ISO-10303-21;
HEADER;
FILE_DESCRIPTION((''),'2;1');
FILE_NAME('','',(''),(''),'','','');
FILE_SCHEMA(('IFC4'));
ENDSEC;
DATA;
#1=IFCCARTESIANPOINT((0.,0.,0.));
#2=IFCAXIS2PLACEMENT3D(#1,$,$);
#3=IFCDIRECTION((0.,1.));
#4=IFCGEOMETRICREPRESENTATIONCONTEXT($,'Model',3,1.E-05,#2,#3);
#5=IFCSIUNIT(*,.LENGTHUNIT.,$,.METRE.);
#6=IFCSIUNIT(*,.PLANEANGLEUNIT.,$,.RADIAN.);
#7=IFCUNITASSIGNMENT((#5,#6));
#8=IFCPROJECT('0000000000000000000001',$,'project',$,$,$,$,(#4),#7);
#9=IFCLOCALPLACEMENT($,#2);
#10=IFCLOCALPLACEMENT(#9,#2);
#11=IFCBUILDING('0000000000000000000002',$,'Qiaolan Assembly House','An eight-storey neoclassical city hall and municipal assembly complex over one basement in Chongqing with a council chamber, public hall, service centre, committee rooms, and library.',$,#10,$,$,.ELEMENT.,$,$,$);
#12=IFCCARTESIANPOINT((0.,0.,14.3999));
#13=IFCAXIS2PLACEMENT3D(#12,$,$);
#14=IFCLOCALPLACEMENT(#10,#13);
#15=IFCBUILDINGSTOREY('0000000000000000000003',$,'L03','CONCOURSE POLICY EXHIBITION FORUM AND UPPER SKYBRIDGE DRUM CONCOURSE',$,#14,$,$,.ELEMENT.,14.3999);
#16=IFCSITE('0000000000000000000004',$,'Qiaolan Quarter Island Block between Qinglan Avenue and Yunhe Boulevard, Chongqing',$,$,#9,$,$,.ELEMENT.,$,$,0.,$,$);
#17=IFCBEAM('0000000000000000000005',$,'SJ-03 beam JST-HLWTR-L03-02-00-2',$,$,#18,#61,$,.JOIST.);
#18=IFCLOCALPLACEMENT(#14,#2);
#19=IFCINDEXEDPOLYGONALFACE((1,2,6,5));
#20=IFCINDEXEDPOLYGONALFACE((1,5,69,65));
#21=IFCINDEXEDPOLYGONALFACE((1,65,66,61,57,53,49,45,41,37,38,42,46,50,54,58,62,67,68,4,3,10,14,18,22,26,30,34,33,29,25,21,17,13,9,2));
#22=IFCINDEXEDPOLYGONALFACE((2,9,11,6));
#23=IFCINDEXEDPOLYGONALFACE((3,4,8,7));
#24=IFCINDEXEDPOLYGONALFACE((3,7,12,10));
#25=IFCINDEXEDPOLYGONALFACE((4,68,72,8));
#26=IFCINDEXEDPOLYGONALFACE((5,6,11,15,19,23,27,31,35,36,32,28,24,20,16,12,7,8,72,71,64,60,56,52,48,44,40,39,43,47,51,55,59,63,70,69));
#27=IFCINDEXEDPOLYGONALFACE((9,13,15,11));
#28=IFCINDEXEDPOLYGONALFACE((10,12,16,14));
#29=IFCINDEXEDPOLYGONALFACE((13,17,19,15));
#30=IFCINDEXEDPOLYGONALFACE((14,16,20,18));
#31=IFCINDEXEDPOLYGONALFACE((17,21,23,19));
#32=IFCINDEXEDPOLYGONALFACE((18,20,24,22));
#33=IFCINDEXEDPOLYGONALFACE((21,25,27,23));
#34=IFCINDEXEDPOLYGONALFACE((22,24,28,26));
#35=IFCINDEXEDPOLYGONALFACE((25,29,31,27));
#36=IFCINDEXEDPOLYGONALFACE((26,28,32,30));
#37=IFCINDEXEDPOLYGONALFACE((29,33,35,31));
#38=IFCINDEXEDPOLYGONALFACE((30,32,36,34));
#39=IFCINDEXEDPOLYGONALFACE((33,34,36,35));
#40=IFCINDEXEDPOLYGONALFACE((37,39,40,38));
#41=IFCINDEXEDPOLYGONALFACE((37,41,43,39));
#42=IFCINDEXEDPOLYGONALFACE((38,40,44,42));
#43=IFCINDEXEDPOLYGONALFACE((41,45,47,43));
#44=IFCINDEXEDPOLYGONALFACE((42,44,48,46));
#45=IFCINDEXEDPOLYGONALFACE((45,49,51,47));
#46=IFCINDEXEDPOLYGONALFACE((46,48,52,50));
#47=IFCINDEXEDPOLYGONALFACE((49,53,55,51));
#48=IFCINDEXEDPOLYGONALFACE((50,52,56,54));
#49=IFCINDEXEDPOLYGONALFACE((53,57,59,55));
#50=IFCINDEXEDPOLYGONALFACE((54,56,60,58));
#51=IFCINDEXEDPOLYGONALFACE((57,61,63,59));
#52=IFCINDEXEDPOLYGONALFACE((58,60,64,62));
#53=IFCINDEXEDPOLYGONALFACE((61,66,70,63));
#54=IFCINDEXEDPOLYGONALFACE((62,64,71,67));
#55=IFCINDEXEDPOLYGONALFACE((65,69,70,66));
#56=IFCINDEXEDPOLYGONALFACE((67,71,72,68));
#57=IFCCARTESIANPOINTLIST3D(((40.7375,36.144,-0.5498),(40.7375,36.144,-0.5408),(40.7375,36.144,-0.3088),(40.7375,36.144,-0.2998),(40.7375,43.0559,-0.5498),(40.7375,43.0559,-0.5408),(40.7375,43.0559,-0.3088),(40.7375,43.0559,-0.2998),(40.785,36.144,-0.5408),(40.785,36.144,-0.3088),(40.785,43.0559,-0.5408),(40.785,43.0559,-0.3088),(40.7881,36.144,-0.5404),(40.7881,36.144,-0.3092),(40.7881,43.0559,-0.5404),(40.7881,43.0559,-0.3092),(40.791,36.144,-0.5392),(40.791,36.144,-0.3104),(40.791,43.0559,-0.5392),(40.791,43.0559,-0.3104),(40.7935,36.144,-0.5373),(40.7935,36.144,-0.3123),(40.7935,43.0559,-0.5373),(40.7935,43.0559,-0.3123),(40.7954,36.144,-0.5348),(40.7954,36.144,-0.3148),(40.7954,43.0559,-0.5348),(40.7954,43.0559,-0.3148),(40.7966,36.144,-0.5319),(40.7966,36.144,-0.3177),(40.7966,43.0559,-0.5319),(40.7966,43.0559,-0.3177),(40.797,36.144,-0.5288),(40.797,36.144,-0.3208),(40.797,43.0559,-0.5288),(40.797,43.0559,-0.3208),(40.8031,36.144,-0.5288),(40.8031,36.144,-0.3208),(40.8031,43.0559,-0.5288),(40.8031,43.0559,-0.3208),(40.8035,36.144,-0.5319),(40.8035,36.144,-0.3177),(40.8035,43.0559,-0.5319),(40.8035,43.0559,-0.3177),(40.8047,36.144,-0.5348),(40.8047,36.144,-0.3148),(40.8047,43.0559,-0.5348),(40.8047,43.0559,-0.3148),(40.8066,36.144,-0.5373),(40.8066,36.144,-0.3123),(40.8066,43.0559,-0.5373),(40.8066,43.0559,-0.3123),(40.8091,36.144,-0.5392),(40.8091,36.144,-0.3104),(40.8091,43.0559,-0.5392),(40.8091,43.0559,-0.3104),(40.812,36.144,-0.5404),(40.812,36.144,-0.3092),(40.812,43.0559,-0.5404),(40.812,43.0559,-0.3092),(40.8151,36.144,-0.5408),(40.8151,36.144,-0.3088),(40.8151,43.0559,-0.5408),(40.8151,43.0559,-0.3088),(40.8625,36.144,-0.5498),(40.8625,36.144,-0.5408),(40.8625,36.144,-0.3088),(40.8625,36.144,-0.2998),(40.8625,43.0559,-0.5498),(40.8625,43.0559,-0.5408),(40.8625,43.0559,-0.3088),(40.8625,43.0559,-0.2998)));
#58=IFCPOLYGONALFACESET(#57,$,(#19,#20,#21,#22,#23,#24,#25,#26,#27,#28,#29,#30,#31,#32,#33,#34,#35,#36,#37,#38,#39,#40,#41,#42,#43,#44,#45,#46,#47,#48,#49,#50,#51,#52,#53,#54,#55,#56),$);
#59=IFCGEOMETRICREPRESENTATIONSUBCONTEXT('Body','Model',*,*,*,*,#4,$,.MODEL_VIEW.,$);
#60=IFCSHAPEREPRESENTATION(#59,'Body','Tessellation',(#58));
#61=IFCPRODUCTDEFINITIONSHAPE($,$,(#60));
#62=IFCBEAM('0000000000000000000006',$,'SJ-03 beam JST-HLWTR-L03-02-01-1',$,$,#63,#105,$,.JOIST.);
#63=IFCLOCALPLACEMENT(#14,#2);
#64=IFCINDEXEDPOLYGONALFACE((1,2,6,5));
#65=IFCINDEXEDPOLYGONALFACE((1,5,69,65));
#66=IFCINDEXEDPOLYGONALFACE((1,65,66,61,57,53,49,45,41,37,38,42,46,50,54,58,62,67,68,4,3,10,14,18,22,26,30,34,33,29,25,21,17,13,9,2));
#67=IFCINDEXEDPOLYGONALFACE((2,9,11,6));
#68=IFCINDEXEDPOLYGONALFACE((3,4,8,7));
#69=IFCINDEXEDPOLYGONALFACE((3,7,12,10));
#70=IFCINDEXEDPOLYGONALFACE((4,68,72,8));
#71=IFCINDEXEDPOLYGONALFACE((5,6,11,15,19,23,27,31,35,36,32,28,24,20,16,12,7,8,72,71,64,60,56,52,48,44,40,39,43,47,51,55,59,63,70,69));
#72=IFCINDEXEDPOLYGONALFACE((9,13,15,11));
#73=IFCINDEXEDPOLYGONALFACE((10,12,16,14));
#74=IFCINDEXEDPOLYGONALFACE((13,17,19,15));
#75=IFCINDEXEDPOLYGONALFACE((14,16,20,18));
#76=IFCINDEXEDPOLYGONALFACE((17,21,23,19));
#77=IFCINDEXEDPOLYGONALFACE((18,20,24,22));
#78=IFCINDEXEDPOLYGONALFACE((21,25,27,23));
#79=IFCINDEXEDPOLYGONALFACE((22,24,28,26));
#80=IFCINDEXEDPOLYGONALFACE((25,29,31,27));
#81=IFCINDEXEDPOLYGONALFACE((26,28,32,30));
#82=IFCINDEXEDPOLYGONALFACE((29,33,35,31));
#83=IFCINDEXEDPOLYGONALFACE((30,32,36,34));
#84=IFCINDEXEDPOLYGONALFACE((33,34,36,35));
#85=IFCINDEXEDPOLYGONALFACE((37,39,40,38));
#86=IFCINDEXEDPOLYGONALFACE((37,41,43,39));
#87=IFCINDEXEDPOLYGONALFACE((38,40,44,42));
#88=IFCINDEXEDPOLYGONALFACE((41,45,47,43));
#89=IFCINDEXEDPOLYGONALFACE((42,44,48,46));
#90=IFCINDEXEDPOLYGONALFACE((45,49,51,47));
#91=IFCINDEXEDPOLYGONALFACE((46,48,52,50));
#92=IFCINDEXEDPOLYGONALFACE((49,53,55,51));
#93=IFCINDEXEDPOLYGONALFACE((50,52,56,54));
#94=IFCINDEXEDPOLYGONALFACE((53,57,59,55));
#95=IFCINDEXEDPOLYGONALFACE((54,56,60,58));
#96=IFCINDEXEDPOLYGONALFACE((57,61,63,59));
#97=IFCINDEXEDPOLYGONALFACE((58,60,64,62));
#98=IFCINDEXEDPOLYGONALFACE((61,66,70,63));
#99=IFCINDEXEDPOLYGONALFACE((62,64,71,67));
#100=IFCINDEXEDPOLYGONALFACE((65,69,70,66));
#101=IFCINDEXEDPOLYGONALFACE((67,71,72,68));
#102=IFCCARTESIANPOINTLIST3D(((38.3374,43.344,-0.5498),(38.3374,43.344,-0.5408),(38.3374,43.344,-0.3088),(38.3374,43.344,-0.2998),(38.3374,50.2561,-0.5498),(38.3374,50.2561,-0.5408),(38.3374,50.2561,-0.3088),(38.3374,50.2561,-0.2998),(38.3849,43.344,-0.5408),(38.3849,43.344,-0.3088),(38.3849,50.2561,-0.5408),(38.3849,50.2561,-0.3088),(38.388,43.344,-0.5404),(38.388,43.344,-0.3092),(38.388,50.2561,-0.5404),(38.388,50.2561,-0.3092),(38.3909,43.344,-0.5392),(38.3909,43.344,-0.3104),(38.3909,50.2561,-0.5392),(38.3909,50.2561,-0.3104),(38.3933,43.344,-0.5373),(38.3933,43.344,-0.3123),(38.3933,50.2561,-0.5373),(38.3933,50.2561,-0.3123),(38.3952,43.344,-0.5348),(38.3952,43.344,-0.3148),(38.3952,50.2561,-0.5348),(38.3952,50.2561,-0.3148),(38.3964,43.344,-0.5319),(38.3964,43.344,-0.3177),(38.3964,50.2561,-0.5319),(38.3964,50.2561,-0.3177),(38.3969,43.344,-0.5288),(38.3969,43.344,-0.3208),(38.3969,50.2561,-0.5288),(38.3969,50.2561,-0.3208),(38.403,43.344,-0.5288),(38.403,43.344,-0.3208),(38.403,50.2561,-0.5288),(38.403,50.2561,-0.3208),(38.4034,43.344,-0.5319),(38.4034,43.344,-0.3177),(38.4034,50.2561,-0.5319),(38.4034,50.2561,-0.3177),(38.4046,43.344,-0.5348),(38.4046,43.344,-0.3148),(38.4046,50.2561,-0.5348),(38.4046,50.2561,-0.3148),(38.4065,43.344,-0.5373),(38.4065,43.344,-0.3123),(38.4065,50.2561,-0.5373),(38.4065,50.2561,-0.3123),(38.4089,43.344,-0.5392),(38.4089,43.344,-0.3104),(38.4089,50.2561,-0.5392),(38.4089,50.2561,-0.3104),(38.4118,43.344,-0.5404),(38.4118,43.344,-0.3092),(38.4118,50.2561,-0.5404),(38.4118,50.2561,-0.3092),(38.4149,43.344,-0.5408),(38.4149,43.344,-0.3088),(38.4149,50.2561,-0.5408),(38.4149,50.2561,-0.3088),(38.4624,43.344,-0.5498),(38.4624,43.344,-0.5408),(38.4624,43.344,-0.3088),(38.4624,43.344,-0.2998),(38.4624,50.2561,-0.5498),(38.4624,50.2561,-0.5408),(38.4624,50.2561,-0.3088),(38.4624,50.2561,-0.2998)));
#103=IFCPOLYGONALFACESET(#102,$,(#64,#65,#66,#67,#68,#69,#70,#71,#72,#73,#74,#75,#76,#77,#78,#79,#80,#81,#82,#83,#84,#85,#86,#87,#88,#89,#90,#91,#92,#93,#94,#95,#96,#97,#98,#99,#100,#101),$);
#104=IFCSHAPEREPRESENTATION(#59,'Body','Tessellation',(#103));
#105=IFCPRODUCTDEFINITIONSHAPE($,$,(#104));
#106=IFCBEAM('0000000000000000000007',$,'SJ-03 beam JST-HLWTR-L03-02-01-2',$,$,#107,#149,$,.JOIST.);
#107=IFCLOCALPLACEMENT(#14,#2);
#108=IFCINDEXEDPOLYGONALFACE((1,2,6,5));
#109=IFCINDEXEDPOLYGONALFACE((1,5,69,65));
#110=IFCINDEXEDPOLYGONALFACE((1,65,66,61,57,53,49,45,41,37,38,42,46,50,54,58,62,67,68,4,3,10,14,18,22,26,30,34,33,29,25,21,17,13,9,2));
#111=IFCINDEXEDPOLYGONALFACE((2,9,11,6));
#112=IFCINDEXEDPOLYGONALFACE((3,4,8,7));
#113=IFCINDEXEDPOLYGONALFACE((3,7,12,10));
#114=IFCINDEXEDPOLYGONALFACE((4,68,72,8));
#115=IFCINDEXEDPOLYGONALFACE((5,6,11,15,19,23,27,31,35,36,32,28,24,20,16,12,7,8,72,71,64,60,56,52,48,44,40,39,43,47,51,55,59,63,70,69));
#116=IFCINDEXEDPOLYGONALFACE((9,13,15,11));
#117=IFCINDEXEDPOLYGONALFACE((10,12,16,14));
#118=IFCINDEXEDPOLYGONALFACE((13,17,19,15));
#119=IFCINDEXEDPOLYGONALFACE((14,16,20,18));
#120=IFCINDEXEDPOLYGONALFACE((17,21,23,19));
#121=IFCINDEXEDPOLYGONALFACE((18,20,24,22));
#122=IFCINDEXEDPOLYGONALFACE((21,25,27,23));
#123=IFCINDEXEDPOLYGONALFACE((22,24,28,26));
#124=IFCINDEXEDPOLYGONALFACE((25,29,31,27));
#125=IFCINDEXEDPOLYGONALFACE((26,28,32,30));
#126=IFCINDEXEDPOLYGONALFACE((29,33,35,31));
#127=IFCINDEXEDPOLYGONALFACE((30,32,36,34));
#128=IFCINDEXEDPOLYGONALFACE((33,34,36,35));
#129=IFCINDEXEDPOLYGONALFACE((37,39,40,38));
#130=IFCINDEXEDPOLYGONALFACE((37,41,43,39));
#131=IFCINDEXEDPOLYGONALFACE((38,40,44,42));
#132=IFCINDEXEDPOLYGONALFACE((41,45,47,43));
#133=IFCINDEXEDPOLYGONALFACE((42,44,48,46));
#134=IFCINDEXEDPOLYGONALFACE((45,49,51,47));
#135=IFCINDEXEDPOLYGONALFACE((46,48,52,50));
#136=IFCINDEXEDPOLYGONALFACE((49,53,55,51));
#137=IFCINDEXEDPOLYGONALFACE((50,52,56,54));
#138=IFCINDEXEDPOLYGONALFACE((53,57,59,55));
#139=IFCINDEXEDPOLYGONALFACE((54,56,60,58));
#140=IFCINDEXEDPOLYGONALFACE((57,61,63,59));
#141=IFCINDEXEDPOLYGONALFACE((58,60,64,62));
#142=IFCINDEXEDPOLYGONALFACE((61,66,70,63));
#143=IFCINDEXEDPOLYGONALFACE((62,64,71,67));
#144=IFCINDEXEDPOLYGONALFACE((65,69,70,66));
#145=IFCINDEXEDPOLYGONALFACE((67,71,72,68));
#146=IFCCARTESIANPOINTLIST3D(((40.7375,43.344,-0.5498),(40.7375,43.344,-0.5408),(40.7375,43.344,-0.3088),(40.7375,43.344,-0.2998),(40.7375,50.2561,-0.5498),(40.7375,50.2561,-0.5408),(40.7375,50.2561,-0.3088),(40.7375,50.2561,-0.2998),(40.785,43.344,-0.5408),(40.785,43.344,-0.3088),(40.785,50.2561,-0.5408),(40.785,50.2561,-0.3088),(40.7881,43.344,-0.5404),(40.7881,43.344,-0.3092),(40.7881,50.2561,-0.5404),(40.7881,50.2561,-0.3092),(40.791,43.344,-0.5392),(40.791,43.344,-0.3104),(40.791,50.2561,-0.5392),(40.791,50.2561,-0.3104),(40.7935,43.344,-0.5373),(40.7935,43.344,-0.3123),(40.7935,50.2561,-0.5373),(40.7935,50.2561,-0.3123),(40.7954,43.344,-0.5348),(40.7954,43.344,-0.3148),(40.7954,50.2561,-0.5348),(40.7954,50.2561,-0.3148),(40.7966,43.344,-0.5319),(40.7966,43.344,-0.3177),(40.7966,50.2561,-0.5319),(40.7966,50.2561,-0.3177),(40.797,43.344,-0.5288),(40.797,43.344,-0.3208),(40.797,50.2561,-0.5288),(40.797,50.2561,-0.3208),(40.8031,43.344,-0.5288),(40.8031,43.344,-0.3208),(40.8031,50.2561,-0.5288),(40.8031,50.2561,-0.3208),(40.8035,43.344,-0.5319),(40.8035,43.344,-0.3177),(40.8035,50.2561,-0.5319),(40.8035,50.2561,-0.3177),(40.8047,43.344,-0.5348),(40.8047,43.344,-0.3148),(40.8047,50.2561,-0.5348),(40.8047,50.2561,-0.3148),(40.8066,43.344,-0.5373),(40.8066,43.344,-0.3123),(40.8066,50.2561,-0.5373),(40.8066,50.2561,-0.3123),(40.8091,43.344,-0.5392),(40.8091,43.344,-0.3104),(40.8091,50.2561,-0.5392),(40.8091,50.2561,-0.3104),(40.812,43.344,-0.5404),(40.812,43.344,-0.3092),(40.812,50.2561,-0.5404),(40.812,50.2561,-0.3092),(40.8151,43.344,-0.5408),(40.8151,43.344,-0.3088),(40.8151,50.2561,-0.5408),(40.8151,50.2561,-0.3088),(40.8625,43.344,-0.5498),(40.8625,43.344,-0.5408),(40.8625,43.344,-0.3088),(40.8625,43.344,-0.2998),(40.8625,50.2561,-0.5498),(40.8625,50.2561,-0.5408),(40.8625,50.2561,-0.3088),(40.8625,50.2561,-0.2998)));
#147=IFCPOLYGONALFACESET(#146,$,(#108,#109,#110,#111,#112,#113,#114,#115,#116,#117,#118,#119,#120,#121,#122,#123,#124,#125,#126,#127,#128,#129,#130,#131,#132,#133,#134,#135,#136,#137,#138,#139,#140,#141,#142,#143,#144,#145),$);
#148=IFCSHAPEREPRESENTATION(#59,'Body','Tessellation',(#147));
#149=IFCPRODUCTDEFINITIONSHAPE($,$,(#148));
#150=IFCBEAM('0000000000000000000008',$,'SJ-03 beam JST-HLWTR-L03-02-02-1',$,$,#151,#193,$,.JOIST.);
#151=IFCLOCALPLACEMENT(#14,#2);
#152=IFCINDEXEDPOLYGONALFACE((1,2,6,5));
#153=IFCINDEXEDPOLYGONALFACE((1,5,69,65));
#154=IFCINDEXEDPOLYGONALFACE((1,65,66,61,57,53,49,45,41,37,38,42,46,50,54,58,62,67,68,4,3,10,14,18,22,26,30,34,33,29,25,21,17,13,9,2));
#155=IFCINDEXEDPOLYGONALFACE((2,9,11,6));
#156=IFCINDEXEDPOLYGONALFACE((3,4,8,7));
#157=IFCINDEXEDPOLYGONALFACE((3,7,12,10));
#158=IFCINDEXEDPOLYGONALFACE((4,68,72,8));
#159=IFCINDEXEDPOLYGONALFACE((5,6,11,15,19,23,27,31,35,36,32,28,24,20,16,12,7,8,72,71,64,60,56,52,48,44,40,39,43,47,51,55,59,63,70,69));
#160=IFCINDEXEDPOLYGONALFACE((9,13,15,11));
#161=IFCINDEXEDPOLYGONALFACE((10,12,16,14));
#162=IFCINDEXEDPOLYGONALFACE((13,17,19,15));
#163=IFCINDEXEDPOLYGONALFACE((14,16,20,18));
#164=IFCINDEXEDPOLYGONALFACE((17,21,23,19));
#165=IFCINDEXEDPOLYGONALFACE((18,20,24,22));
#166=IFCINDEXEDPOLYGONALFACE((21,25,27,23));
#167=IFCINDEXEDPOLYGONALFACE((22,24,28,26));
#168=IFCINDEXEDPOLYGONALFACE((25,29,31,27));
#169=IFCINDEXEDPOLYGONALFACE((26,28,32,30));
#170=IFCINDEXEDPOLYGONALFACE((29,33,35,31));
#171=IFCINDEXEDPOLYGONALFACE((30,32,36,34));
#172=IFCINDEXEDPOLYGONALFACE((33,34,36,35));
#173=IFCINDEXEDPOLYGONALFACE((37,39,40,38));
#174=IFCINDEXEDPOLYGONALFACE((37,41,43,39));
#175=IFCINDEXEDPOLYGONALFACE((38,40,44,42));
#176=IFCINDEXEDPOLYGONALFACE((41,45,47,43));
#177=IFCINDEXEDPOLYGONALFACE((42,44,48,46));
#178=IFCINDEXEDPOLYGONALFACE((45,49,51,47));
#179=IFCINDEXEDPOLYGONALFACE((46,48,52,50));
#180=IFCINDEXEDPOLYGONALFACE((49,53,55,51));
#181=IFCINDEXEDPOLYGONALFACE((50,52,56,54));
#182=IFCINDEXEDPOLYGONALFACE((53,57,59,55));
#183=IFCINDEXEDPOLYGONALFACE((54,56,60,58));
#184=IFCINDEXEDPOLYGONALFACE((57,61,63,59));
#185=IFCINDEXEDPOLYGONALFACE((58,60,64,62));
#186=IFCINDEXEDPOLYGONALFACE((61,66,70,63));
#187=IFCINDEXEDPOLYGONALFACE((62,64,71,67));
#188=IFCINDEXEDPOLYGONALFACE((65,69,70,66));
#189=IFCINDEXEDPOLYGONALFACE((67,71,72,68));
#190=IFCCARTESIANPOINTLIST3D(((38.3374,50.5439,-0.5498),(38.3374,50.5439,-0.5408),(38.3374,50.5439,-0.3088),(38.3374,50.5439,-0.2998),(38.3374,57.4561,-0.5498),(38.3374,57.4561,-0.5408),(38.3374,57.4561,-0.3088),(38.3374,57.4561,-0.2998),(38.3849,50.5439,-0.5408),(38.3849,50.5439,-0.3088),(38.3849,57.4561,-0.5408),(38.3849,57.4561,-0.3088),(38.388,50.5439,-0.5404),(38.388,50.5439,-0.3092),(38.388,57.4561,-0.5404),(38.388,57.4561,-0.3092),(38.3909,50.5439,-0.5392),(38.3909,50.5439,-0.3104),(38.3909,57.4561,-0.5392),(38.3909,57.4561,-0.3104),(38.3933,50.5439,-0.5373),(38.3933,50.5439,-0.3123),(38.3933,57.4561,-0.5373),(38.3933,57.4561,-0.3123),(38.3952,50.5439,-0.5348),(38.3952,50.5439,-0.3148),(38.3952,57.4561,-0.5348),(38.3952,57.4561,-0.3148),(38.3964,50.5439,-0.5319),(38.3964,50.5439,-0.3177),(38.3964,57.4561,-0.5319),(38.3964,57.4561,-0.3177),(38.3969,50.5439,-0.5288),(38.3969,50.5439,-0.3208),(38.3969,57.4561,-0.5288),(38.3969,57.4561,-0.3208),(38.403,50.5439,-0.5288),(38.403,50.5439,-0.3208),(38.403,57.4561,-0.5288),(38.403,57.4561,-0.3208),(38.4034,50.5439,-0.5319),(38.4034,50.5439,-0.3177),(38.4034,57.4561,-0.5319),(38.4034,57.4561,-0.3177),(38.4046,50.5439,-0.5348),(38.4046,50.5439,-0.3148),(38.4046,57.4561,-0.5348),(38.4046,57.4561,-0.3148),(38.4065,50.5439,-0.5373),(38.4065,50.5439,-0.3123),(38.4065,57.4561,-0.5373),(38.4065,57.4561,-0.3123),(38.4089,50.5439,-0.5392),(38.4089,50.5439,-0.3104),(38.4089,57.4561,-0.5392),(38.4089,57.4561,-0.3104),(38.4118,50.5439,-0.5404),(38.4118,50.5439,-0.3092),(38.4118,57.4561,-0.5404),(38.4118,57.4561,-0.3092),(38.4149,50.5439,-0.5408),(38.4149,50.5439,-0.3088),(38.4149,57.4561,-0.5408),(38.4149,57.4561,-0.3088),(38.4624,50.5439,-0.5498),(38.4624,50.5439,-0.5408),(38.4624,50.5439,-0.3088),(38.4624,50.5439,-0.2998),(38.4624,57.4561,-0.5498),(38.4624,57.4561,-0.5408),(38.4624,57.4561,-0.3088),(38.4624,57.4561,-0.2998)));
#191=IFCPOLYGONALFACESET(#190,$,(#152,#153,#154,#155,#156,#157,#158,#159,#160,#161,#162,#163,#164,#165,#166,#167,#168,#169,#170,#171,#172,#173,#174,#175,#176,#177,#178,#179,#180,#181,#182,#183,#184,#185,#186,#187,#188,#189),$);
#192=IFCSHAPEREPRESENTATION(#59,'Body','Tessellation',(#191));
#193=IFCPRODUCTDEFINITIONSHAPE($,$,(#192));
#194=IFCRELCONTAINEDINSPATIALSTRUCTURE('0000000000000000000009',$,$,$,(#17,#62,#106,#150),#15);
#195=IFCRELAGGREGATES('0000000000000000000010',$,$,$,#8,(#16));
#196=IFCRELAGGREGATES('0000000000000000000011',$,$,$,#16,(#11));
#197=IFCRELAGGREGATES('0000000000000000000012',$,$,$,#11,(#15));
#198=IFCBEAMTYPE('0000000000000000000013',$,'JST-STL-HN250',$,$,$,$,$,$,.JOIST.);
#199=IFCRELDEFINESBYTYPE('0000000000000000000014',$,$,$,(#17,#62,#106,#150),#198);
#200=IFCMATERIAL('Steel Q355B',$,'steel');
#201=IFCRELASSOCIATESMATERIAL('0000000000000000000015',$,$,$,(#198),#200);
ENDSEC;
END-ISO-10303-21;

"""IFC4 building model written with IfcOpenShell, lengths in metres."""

from ifc_helpers import new_model, si_unit, direction, frame, origin, origin_2d, place, context, subcontext, project, spatial, i_section, extrude, material, material_profile, profile_set, type_object, element, save


model = new_model("IFC4")

# Units and contexts
model_context = context("Model", 3, precision=1e-05, world=origin(), true_north=direction((0.0, 1.0)))
body_context = subcontext(model_context, "Body", "Model", "MODEL_VIEW")
ifc_project = project(units=[si_unit("LENGTHUNIT", "METRE"), si_unit("PLANEANGLEUNIT", "RADIAN")], contexts=[model_context])

# Site, building, storey
site_placement = place(None, origin())
site = spatial("IfcSite", under=ifc_project, at=site_placement, Name="Qiaolan Quarter Island Block between Qinglan Avenue and Yunhe Boulevard, Chongqing", CompositionType="ELEMENT", RefElevation=0.0)
building_placement = place(site_placement, origin())
building = spatial("IfcBuilding", under=site, at=building_placement, Name="Qiaolan Assembly House", Description="An eight-storey neoclassical city hall and municipal assembly complex over one basement in Chongqing with a council chamber, public hall, service centre, committee rooms, and library.", CompositionType="ELEMENT")
storey_placement = place(building_placement, frame((0.0, 0.0, 14.3999)))
storey = spatial("IfcBuildingStorey", under=building, at=storey_placement, Name="L03", Description="CONCOURSE POLICY EXHIBITION FORUM AND UPPER SKYBRIDGE DRUM CONCOURSE", CompositionType="ELEMENT", Elevation=14.3999)

# Shared definitions
ifc_material_1 = material(Name="Steel Q355B", Category="steel")

# Beams
ifc_material_profile_1 = material_profile(ifc_material_1, i_section(OverallWidth=0.125, OverallDepth=0.25, WebThickness=0.0061, FlangeThickness=0.009, FilletRadius=0.012, at=origin_2d()), Name="HN 250x125x6x9")
ifc_profile_set_1 = profile_set([ifc_material_profile_1], Name="Steel Q355B")
beam_type_1 = type_object("IfcBeamType", Name="JST-STL-HN250", PredefinedType="JOIST", material=ifc_profile_set_1)
for number, where, z_axis, x_axis, name in (
    (1, (40.8, 36.144, -0.4248), (0.0, 1.0, 0.0), (-1.0, 0.0, 0.0), "SJ-03 beam JST-HLWTR-L03-02-00-2"),
):
    element("IfcBeam", number, at=place(storey_placement, frame(where, z_axis=z_axis, x_axis=x_axis)), inside=storey, type_object=beam_type_1, Name=name, PredefinedType="JOIST", context=body_context, shape_type="SweptSolid", body=[
        extrude(i_section(OverallWidth=0.125, OverallDepth=0.25, WebThickness=0.0061, FlangeThickness=0.009, FilletRadius=0.012, at=origin_2d()), origin(), (0.0, 0.0, 1.0), 6.9119),
    ])
for number, where, z_axis, x_axis, name in (
    (2, (38.3999, 43.344, -0.4248), (0.0, 1.0, 0.0), (-1.0, 0.0, 0.0), "SJ-03 beam JST-HLWTR-L03-02-01-1"),
    (3, (40.8, 43.344, -0.4248), (0.0, 1.0, 0.0), (-1.0, 0.0, 0.0), "SJ-03 beam JST-HLWTR-L03-02-01-2"),
    (4, (38.3999, 50.5439, -0.4248), (0.0, 1.0, 0.0), (-1.0, 0.0, 0.0), "SJ-03 beam JST-HLWTR-L03-02-02-1"),
):
    element("IfcBeam", number, at=place(storey_placement, frame(where, z_axis=z_axis, x_axis=x_axis)), inside=storey, type_object=beam_type_1, Name=name, PredefinedType="JOIST", context=body_context, shape_type="SweptSolid", body=[
        extrude(i_section(OverallWidth=0.125, OverallDepth=0.25, WebThickness=0.0061, FlangeThickness=0.009, FilletRadius=0.012, at=origin_2d()), origin(), (0.0, 0.0, 1.0), 6.9121),
    ])

save(model, "model.ifc")
